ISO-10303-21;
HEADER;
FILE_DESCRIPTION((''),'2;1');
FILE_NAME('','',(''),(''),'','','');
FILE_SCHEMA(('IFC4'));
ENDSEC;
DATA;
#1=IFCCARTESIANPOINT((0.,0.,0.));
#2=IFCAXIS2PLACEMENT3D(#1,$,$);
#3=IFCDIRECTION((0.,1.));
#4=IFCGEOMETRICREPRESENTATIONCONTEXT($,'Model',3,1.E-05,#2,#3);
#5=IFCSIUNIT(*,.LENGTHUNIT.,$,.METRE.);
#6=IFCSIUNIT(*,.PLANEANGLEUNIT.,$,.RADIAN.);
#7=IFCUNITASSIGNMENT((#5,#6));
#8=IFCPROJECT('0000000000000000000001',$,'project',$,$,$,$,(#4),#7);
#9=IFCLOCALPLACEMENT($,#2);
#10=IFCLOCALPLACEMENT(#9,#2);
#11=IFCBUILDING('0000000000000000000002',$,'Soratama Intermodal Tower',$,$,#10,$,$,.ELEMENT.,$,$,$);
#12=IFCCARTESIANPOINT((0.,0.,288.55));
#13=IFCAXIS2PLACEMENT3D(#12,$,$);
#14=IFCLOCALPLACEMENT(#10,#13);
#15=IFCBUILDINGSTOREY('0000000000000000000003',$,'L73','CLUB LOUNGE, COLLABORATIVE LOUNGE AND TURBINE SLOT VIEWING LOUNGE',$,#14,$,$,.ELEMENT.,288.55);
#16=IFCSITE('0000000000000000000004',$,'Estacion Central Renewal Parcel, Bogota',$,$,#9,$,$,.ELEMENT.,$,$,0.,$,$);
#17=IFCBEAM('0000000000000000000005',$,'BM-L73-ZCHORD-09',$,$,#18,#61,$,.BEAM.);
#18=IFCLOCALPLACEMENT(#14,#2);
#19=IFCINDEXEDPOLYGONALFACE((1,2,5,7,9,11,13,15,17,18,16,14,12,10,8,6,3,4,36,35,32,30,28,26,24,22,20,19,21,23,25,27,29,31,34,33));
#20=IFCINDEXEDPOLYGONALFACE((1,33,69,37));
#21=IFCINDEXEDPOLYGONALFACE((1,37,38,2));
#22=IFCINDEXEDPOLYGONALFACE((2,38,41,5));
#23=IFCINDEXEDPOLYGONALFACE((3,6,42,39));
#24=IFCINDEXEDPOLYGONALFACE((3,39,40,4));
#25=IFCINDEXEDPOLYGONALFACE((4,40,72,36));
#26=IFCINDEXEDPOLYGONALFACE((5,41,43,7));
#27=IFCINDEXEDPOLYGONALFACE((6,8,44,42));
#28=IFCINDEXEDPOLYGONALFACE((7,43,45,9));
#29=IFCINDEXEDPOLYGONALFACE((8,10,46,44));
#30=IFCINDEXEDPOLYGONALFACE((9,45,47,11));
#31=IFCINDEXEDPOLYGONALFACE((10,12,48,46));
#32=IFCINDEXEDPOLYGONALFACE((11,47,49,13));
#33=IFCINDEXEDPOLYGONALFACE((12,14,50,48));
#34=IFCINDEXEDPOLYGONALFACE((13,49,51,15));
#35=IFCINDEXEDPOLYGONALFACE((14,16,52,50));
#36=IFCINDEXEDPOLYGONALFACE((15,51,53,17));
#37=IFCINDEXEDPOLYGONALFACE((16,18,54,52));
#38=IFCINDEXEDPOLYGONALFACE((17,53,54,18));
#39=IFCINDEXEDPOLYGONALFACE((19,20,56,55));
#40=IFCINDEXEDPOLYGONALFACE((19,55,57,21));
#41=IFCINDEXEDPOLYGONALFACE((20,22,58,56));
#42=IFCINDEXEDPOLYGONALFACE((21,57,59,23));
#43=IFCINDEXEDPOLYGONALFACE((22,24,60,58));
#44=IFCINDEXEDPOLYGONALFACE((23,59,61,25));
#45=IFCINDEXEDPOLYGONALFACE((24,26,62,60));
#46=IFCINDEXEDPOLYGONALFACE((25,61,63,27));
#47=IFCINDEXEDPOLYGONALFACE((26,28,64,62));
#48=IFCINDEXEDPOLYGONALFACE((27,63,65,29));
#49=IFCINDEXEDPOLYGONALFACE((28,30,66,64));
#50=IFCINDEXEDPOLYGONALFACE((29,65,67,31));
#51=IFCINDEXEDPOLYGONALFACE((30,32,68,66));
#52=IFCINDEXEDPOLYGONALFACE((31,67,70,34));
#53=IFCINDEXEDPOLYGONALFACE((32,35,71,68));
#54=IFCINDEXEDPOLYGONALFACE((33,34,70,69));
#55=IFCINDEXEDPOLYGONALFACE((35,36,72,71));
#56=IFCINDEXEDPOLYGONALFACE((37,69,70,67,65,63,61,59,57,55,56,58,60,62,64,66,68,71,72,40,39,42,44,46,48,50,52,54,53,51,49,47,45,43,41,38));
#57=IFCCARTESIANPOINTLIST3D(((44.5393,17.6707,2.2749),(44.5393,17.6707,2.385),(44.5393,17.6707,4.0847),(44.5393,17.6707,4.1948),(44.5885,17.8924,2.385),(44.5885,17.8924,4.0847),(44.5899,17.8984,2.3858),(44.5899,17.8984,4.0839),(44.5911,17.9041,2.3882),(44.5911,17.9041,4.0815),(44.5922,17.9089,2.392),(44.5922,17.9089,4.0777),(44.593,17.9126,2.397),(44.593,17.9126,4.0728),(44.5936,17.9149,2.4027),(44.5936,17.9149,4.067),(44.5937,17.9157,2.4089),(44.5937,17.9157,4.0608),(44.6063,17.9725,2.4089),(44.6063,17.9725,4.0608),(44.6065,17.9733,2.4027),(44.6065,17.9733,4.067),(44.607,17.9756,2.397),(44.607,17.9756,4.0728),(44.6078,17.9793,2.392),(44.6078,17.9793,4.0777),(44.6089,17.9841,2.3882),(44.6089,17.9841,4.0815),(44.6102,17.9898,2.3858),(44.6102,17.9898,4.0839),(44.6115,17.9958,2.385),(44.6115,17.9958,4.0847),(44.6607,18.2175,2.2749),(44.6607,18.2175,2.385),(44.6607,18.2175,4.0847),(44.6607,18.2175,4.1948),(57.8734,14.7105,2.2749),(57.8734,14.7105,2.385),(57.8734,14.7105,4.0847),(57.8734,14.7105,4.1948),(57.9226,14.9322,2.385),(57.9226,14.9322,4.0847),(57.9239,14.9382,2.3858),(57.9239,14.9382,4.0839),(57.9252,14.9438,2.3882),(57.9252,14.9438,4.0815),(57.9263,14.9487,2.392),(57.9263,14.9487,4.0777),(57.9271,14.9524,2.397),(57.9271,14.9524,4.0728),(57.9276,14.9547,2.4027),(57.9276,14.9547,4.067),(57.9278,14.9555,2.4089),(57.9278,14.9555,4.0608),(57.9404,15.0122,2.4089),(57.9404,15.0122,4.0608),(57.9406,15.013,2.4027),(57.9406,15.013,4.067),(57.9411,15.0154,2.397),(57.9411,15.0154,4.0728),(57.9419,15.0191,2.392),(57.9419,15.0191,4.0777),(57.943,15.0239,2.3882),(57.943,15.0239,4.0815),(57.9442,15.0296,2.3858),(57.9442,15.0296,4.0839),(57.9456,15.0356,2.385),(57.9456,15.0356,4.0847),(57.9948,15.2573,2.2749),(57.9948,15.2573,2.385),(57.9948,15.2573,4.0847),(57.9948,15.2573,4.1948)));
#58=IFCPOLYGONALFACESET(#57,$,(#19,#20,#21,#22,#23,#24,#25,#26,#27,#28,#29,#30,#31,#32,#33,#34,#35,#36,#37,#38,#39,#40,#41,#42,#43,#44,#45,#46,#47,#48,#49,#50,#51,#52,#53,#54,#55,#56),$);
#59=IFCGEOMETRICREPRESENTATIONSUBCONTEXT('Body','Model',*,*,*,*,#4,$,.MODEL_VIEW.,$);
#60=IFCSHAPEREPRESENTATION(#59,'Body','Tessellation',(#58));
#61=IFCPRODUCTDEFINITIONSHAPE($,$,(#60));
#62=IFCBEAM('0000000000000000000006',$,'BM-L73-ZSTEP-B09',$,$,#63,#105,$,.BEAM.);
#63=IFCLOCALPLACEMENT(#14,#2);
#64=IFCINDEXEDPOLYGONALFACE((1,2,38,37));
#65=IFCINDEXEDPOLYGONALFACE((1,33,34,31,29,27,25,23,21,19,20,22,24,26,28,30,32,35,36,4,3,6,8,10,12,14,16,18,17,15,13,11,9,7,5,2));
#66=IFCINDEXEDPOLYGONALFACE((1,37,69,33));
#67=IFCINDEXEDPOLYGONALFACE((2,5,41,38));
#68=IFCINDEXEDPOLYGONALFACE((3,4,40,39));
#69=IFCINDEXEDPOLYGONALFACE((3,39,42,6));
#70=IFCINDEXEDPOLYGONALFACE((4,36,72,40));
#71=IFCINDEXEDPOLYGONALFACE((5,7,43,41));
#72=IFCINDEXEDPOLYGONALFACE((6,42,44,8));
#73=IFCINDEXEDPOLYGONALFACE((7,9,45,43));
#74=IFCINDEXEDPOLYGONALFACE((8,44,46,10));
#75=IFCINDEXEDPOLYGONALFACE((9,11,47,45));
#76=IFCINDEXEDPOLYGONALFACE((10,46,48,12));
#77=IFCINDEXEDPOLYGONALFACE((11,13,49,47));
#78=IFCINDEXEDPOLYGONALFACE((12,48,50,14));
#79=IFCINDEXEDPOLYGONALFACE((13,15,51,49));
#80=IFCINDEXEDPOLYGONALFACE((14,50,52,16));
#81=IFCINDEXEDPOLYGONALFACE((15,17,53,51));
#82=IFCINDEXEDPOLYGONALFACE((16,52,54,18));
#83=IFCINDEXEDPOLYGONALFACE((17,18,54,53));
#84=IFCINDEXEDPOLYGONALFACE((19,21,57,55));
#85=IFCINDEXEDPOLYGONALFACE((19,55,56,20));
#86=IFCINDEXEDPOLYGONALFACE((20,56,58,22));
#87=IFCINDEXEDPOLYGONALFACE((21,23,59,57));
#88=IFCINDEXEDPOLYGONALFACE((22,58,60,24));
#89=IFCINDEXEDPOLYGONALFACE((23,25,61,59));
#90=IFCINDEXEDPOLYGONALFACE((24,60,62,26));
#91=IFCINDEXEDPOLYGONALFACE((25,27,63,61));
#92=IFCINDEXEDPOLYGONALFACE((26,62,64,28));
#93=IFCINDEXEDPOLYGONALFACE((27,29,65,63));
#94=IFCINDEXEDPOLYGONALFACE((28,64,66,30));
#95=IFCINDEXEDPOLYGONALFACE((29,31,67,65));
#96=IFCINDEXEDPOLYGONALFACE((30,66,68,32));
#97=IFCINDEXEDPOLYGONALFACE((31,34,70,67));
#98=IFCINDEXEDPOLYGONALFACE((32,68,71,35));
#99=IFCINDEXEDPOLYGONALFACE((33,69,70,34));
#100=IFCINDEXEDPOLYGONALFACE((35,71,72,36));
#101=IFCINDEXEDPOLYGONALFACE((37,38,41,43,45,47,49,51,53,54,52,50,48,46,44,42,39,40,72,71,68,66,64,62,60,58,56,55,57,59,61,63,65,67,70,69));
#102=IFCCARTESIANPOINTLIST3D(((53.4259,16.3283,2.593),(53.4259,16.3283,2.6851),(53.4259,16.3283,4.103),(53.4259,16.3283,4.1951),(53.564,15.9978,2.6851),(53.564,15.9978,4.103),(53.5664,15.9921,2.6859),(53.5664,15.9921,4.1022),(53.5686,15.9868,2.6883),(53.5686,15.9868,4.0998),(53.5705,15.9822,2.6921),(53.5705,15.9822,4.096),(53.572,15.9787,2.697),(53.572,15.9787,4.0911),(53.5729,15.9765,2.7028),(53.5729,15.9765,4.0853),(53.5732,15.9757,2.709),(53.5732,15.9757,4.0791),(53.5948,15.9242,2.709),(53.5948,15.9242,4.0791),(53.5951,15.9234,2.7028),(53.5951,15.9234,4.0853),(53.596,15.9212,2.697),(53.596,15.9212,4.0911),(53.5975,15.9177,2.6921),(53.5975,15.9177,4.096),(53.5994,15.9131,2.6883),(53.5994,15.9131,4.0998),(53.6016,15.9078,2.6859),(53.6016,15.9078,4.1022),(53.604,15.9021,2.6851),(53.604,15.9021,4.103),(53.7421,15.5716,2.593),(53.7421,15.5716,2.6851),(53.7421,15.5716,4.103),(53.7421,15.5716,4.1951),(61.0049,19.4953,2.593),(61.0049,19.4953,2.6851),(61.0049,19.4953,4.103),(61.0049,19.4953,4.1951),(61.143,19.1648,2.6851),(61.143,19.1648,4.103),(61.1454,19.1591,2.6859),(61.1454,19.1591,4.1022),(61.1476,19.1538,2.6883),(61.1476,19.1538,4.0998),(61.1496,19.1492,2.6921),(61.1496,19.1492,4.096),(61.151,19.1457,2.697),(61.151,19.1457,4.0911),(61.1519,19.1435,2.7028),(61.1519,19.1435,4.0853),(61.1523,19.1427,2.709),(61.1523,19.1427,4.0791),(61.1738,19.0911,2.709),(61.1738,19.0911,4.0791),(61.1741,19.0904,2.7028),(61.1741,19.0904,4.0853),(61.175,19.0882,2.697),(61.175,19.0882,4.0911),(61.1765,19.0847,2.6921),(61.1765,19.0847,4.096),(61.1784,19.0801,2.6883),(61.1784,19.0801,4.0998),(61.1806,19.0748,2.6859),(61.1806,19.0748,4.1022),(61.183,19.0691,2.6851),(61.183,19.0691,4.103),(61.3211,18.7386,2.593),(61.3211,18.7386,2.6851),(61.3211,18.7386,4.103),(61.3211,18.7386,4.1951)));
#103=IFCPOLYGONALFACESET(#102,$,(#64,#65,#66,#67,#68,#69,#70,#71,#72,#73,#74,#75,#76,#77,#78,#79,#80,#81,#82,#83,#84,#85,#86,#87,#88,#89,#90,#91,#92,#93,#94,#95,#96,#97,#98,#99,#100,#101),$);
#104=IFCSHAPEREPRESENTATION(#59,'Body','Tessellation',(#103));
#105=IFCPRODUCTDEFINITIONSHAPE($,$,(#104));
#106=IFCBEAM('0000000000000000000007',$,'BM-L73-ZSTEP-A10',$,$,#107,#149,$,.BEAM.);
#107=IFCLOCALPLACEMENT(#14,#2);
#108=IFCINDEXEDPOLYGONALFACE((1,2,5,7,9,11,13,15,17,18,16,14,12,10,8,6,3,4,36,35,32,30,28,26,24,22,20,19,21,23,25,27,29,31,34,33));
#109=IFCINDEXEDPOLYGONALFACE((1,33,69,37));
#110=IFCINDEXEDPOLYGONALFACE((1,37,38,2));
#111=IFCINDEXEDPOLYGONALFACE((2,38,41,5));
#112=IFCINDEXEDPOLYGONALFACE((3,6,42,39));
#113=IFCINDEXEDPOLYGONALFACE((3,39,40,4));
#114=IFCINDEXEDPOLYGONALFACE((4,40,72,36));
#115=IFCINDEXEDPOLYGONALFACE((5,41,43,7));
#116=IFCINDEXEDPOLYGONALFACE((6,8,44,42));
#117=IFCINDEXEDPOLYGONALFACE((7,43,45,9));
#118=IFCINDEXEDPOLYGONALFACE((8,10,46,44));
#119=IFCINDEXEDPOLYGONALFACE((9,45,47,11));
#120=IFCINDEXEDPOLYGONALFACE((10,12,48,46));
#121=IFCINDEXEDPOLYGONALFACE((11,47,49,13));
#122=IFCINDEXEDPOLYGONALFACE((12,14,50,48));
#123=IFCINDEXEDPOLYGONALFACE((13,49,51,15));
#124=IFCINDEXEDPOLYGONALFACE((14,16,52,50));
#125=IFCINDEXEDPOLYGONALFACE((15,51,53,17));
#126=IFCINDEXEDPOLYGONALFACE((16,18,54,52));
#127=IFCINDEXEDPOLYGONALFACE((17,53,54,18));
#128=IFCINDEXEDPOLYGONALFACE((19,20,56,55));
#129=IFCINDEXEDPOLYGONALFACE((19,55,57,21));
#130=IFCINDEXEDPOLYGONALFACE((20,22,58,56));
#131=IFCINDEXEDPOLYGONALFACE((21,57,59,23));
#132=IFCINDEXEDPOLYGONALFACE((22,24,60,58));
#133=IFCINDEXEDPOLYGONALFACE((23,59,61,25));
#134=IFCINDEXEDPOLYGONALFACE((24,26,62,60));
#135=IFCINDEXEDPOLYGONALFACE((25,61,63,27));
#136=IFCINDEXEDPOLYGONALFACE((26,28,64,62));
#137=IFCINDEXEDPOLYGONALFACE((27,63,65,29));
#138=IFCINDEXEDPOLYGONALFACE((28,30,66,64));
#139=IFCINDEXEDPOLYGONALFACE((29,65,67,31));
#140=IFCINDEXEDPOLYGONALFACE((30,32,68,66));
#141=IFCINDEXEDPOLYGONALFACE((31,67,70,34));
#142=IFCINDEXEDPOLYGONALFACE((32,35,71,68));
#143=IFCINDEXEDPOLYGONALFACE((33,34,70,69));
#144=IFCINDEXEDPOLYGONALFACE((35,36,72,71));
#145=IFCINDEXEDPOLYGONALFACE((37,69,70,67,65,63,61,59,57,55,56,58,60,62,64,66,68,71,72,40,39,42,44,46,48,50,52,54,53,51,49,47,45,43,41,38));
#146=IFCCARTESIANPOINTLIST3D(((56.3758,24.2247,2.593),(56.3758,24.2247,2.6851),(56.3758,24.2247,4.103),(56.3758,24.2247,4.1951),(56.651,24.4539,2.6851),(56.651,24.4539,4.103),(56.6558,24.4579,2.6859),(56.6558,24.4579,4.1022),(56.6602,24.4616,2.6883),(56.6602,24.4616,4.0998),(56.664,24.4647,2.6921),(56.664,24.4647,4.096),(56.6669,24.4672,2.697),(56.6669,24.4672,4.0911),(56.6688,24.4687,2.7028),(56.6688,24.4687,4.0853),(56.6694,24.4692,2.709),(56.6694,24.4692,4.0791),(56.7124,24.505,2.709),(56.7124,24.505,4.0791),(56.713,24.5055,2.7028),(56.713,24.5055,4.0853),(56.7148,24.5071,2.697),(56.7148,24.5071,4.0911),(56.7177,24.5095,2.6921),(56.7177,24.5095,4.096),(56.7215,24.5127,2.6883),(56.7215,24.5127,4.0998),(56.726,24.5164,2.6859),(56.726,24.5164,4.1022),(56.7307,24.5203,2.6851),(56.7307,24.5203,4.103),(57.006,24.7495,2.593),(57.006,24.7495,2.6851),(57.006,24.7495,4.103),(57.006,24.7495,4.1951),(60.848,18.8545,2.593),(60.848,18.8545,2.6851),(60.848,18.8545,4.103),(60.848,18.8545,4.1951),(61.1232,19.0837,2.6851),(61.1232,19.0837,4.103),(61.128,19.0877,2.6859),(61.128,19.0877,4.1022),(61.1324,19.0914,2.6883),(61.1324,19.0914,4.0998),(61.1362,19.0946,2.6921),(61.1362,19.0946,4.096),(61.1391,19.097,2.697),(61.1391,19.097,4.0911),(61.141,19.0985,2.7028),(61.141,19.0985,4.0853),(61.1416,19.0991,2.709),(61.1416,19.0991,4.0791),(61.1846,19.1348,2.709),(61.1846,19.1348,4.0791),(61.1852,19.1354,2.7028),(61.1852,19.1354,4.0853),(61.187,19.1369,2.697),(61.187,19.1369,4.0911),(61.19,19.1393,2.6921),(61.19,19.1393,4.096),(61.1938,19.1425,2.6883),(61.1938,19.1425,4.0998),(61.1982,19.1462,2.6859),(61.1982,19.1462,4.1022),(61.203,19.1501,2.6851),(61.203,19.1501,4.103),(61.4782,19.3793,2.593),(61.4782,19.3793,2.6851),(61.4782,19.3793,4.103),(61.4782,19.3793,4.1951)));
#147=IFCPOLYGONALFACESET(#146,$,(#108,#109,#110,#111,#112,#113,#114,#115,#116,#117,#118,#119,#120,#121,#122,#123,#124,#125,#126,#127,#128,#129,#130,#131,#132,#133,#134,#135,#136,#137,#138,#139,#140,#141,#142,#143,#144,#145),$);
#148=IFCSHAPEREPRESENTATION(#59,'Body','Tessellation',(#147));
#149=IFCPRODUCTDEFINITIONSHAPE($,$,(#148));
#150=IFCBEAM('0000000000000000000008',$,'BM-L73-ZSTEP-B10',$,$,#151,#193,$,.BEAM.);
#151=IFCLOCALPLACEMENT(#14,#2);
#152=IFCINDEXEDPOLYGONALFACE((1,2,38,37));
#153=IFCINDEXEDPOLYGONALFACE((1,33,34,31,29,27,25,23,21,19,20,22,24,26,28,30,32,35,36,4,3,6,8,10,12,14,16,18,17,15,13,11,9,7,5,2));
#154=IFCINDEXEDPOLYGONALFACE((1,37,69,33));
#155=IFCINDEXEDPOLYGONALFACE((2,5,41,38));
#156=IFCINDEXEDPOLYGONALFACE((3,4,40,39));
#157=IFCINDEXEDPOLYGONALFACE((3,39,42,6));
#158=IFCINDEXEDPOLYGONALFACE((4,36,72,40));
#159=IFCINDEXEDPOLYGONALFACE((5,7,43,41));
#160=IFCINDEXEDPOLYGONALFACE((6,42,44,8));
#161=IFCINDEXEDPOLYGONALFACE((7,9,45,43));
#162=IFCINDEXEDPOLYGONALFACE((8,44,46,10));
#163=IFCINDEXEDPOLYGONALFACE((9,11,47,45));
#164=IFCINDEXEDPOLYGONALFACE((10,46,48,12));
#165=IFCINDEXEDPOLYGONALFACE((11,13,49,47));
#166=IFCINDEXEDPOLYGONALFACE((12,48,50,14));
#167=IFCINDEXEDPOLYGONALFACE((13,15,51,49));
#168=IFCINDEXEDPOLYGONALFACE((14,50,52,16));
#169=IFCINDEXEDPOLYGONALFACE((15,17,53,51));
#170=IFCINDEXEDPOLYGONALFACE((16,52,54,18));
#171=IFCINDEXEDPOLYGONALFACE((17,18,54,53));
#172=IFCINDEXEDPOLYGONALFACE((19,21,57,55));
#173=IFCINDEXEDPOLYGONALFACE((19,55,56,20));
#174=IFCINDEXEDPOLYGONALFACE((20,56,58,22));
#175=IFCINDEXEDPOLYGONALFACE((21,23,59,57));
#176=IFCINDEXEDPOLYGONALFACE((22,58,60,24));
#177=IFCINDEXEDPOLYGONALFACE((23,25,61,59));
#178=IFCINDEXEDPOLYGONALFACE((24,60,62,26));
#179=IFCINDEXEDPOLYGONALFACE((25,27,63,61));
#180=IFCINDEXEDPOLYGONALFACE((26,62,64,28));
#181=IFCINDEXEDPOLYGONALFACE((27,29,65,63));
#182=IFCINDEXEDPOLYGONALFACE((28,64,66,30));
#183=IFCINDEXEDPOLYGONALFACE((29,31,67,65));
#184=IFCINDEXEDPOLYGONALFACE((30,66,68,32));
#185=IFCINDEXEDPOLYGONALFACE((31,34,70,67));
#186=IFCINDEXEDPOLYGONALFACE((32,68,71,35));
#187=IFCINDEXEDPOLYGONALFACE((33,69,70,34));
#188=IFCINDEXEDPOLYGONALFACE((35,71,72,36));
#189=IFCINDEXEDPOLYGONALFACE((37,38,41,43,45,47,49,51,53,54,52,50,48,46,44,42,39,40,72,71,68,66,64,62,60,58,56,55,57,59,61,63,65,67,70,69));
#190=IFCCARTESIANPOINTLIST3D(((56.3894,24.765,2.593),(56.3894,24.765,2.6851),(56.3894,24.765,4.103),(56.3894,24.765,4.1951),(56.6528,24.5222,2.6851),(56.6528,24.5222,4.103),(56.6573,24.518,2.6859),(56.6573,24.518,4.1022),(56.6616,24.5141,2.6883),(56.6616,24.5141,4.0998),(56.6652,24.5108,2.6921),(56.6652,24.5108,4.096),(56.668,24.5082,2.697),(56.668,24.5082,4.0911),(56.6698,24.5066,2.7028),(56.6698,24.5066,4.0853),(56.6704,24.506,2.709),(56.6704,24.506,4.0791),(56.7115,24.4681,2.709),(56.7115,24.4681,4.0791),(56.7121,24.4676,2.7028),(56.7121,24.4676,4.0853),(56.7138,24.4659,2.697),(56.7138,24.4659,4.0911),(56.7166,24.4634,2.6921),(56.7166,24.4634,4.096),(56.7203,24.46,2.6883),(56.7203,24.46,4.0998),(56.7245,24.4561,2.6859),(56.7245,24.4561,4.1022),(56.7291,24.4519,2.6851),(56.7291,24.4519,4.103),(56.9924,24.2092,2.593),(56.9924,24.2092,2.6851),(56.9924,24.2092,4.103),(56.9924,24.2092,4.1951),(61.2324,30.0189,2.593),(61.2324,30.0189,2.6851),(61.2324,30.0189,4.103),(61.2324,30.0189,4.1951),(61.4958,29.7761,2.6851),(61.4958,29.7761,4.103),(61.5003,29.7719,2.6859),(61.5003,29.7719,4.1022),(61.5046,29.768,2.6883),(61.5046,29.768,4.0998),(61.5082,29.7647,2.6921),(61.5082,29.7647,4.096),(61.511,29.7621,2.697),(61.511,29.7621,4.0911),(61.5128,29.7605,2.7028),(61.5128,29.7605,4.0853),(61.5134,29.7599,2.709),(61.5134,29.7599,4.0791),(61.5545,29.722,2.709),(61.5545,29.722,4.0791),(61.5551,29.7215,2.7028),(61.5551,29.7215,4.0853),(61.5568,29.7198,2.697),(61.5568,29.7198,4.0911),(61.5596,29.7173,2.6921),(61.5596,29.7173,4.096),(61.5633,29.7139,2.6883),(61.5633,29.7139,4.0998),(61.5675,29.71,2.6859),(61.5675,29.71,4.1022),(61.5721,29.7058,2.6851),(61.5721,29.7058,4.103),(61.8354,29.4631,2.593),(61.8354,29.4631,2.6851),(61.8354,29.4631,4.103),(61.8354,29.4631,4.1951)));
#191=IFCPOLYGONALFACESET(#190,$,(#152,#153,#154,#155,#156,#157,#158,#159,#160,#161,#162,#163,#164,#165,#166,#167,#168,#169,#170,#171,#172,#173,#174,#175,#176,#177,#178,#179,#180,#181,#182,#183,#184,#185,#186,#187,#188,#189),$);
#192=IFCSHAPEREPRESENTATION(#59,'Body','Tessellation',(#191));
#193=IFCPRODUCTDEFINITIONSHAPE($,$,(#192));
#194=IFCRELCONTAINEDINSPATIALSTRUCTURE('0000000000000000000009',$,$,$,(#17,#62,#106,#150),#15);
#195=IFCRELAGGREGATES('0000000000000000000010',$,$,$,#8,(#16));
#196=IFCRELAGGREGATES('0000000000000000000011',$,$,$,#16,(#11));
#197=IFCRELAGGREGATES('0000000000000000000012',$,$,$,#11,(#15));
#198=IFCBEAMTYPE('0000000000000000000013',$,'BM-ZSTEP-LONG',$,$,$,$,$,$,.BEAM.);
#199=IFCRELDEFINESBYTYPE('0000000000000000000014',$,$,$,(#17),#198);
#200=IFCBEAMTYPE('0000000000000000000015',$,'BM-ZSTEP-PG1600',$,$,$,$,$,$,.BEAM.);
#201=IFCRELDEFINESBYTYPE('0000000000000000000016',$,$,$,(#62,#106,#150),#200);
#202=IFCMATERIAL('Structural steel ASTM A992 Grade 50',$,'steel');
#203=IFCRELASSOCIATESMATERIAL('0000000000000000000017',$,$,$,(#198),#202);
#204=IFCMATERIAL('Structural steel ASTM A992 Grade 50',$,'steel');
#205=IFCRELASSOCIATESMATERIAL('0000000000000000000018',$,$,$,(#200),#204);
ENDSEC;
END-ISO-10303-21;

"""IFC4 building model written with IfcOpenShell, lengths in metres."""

from ifc_helpers import new_model, si_unit, direction, frame, origin, origin_2d, place, context, subcontext, project, spatial, i_section, extrude, material, material_profile, profile_set, type_object, element, save


model = new_model("IFC4")

# Units and contexts
model_context = context("Model", 3, precision=1e-05, world=origin(), true_north=direction((0.0, 1.0)))
body_context = subcontext(model_context, "Body", "Model", "MODEL_VIEW")
ifc_project = project(units=[si_unit("LENGTHUNIT", "METRE"), si_unit("PLANEANGLEUNIT", "RADIAN")], contexts=[model_context])

# Site, building, storey
site_placement = place(None, origin())
site = spatial("IfcSite", under=ifc_project, at=site_placement, Name="Estacion Central Renewal Parcel, Bogota", CompositionType="ELEMENT", RefElevation=0.0)
building_placement = place(site_placement, origin())
building = spatial("IfcBuilding", under=site, at=building_placement, Name="Soratama Intermodal Tower", CompositionType="ELEMENT")
storey_placement = place(building_placement, frame((0.0, 0.0, 288.55)))
storey = spatial("IfcBuildingStorey", under=building, at=storey_placement, Name="L73", Description="CLUB LOUNGE, COLLABORATIVE LOUNGE AND TURBINE SLOT VIEWING LOUNGE", CompositionType="ELEMENT", Elevation=288.55)

# Beams
ifc_material_1 = material(Name="Structural steel ASTM A992 Grade 50", Category="steel")
ifc_material_profile_1 = material_profile(ifc_material_1, i_section(OverallWidth=0.5601, OverallDepth=1.9199, WebThickness=0.0581, FlangeThickness=0.1101, FilletRadius=0.0239, at=origin_2d()), Name="PG2150X720")
ifc_profile_set_1 = profile_set([ifc_material_profile_1], Name="Structural steel ASTM A992 Grade 50")
beam_type_1 = type_object("IfcBeamType", Name="BM-ZSTEP-LONG", PredefinedType="BEAM", material=ifc_profile_set_1)
beam_1_placement = place(storey_placement, frame((57.9341, 14.9839, 3.2349), z_axis=(-0.976232, 0.216728, 0.0), x_axis=(-0.216728, -0.976232, 0.0)))
element("IfcBeam", 1, at=beam_1_placement, inside=storey, type_object=beam_type_1, Name="BM-L73-ZCHORD-09", PredefinedType="BEAM", context=body_context, shape_type="SweptSolid", body=[
    extrude(i_section(OverallWidth=0.5601, OverallDepth=1.9199, WebThickness=0.0581, FlangeThickness=0.1101, FilletRadius=0.0239, at=origin_2d()), origin(), (0.0, 0.0, 1.0), 13.6587),
])
ifc_material_2 = material(Name="Structural steel ASTM A992 Grade 50", Category="steel")
ifc_material_profile_2 = material_profile(ifc_material_2, i_section(OverallWidth=0.8201, OverallDepth=1.6021, WebThickness=0.0559, FlangeThickness=0.092, FilletRadius=0.0239, at=origin_2d()), Name="PG1600X650")
ifc_profile_set_2 = profile_set([ifc_material_profile_2], Name="Structural steel ASTM A992 Grade 50")
beam_type_2 = type_object("IfcBeamType", Name="BM-ZSTEP-PG1600", PredefinedType="BEAM", material=ifc_profile_set_2)
beam_2_placement = place(storey_placement, frame((53.584, 15.95, 3.394), z_axis=(0.922686, 0.385552, 0.0), x_axis=(-0.385552, 0.922686, 0.0)))
element("IfcBeam", 2, at=beam_2_placement, inside=storey, type_object=beam_type_2, Name="BM-L73-ZSTEP-B09", PredefinedType="BEAM", context=body_context, shape_type="SweptSolid", body=[
    extrude(i_section(OverallWidth=0.8201, OverallDepth=1.6021, WebThickness=0.0559, FlangeThickness=0.092, FilletRadius=0.0239, at=origin_2d()), origin(), (0.0, 0.0, 1.0), 8.2141),
])
beam_3_placement = place(storey_placement, frame((61.1631, 19.1169, 3.394), z_axis=(-0.639937, 0.768427, 0.0), x_axis=(-0.768427, -0.639937, 0.0)))
element("IfcBeam", 3, at=beam_3_placement, inside=storey, type_object=beam_type_2, Name="BM-L73-ZSTEP-A10", PredefinedType="BEAM", context=body_context, shape_type="SweptSolid", body=[
    extrude(i_section(OverallWidth=0.8201, OverallDepth=1.6021, WebThickness=0.0559, FlangeThickness=0.092, FilletRadius=0.0239, at=origin_2d()), origin(), (0.0, 0.0, 1.0), 6.9885),
])
beam_4_placement = place(storey_placement, frame((56.6909, 24.4871, 3.394), z_axis=(0.67777, 0.735274, 0.0), x_axis=(-0.735274, 0.67777, 0.0)))
element("IfcBeam", 4, at=beam_4_placement, inside=storey, type_object=beam_type_2, Name="BM-L73-ZSTEP-B10", PredefinedType="BEAM", context=body_context, shape_type="SweptSolid", body=[
    extrude(i_section(OverallWidth=0.8201, OverallDepth=1.6021, WebThickness=0.0559, FlangeThickness=0.092, FilletRadius=0.0239, at=origin_2d()), origin(), (0.0, 0.0, 1.0), 7.1455),
])

save(model, "model.ifc")
